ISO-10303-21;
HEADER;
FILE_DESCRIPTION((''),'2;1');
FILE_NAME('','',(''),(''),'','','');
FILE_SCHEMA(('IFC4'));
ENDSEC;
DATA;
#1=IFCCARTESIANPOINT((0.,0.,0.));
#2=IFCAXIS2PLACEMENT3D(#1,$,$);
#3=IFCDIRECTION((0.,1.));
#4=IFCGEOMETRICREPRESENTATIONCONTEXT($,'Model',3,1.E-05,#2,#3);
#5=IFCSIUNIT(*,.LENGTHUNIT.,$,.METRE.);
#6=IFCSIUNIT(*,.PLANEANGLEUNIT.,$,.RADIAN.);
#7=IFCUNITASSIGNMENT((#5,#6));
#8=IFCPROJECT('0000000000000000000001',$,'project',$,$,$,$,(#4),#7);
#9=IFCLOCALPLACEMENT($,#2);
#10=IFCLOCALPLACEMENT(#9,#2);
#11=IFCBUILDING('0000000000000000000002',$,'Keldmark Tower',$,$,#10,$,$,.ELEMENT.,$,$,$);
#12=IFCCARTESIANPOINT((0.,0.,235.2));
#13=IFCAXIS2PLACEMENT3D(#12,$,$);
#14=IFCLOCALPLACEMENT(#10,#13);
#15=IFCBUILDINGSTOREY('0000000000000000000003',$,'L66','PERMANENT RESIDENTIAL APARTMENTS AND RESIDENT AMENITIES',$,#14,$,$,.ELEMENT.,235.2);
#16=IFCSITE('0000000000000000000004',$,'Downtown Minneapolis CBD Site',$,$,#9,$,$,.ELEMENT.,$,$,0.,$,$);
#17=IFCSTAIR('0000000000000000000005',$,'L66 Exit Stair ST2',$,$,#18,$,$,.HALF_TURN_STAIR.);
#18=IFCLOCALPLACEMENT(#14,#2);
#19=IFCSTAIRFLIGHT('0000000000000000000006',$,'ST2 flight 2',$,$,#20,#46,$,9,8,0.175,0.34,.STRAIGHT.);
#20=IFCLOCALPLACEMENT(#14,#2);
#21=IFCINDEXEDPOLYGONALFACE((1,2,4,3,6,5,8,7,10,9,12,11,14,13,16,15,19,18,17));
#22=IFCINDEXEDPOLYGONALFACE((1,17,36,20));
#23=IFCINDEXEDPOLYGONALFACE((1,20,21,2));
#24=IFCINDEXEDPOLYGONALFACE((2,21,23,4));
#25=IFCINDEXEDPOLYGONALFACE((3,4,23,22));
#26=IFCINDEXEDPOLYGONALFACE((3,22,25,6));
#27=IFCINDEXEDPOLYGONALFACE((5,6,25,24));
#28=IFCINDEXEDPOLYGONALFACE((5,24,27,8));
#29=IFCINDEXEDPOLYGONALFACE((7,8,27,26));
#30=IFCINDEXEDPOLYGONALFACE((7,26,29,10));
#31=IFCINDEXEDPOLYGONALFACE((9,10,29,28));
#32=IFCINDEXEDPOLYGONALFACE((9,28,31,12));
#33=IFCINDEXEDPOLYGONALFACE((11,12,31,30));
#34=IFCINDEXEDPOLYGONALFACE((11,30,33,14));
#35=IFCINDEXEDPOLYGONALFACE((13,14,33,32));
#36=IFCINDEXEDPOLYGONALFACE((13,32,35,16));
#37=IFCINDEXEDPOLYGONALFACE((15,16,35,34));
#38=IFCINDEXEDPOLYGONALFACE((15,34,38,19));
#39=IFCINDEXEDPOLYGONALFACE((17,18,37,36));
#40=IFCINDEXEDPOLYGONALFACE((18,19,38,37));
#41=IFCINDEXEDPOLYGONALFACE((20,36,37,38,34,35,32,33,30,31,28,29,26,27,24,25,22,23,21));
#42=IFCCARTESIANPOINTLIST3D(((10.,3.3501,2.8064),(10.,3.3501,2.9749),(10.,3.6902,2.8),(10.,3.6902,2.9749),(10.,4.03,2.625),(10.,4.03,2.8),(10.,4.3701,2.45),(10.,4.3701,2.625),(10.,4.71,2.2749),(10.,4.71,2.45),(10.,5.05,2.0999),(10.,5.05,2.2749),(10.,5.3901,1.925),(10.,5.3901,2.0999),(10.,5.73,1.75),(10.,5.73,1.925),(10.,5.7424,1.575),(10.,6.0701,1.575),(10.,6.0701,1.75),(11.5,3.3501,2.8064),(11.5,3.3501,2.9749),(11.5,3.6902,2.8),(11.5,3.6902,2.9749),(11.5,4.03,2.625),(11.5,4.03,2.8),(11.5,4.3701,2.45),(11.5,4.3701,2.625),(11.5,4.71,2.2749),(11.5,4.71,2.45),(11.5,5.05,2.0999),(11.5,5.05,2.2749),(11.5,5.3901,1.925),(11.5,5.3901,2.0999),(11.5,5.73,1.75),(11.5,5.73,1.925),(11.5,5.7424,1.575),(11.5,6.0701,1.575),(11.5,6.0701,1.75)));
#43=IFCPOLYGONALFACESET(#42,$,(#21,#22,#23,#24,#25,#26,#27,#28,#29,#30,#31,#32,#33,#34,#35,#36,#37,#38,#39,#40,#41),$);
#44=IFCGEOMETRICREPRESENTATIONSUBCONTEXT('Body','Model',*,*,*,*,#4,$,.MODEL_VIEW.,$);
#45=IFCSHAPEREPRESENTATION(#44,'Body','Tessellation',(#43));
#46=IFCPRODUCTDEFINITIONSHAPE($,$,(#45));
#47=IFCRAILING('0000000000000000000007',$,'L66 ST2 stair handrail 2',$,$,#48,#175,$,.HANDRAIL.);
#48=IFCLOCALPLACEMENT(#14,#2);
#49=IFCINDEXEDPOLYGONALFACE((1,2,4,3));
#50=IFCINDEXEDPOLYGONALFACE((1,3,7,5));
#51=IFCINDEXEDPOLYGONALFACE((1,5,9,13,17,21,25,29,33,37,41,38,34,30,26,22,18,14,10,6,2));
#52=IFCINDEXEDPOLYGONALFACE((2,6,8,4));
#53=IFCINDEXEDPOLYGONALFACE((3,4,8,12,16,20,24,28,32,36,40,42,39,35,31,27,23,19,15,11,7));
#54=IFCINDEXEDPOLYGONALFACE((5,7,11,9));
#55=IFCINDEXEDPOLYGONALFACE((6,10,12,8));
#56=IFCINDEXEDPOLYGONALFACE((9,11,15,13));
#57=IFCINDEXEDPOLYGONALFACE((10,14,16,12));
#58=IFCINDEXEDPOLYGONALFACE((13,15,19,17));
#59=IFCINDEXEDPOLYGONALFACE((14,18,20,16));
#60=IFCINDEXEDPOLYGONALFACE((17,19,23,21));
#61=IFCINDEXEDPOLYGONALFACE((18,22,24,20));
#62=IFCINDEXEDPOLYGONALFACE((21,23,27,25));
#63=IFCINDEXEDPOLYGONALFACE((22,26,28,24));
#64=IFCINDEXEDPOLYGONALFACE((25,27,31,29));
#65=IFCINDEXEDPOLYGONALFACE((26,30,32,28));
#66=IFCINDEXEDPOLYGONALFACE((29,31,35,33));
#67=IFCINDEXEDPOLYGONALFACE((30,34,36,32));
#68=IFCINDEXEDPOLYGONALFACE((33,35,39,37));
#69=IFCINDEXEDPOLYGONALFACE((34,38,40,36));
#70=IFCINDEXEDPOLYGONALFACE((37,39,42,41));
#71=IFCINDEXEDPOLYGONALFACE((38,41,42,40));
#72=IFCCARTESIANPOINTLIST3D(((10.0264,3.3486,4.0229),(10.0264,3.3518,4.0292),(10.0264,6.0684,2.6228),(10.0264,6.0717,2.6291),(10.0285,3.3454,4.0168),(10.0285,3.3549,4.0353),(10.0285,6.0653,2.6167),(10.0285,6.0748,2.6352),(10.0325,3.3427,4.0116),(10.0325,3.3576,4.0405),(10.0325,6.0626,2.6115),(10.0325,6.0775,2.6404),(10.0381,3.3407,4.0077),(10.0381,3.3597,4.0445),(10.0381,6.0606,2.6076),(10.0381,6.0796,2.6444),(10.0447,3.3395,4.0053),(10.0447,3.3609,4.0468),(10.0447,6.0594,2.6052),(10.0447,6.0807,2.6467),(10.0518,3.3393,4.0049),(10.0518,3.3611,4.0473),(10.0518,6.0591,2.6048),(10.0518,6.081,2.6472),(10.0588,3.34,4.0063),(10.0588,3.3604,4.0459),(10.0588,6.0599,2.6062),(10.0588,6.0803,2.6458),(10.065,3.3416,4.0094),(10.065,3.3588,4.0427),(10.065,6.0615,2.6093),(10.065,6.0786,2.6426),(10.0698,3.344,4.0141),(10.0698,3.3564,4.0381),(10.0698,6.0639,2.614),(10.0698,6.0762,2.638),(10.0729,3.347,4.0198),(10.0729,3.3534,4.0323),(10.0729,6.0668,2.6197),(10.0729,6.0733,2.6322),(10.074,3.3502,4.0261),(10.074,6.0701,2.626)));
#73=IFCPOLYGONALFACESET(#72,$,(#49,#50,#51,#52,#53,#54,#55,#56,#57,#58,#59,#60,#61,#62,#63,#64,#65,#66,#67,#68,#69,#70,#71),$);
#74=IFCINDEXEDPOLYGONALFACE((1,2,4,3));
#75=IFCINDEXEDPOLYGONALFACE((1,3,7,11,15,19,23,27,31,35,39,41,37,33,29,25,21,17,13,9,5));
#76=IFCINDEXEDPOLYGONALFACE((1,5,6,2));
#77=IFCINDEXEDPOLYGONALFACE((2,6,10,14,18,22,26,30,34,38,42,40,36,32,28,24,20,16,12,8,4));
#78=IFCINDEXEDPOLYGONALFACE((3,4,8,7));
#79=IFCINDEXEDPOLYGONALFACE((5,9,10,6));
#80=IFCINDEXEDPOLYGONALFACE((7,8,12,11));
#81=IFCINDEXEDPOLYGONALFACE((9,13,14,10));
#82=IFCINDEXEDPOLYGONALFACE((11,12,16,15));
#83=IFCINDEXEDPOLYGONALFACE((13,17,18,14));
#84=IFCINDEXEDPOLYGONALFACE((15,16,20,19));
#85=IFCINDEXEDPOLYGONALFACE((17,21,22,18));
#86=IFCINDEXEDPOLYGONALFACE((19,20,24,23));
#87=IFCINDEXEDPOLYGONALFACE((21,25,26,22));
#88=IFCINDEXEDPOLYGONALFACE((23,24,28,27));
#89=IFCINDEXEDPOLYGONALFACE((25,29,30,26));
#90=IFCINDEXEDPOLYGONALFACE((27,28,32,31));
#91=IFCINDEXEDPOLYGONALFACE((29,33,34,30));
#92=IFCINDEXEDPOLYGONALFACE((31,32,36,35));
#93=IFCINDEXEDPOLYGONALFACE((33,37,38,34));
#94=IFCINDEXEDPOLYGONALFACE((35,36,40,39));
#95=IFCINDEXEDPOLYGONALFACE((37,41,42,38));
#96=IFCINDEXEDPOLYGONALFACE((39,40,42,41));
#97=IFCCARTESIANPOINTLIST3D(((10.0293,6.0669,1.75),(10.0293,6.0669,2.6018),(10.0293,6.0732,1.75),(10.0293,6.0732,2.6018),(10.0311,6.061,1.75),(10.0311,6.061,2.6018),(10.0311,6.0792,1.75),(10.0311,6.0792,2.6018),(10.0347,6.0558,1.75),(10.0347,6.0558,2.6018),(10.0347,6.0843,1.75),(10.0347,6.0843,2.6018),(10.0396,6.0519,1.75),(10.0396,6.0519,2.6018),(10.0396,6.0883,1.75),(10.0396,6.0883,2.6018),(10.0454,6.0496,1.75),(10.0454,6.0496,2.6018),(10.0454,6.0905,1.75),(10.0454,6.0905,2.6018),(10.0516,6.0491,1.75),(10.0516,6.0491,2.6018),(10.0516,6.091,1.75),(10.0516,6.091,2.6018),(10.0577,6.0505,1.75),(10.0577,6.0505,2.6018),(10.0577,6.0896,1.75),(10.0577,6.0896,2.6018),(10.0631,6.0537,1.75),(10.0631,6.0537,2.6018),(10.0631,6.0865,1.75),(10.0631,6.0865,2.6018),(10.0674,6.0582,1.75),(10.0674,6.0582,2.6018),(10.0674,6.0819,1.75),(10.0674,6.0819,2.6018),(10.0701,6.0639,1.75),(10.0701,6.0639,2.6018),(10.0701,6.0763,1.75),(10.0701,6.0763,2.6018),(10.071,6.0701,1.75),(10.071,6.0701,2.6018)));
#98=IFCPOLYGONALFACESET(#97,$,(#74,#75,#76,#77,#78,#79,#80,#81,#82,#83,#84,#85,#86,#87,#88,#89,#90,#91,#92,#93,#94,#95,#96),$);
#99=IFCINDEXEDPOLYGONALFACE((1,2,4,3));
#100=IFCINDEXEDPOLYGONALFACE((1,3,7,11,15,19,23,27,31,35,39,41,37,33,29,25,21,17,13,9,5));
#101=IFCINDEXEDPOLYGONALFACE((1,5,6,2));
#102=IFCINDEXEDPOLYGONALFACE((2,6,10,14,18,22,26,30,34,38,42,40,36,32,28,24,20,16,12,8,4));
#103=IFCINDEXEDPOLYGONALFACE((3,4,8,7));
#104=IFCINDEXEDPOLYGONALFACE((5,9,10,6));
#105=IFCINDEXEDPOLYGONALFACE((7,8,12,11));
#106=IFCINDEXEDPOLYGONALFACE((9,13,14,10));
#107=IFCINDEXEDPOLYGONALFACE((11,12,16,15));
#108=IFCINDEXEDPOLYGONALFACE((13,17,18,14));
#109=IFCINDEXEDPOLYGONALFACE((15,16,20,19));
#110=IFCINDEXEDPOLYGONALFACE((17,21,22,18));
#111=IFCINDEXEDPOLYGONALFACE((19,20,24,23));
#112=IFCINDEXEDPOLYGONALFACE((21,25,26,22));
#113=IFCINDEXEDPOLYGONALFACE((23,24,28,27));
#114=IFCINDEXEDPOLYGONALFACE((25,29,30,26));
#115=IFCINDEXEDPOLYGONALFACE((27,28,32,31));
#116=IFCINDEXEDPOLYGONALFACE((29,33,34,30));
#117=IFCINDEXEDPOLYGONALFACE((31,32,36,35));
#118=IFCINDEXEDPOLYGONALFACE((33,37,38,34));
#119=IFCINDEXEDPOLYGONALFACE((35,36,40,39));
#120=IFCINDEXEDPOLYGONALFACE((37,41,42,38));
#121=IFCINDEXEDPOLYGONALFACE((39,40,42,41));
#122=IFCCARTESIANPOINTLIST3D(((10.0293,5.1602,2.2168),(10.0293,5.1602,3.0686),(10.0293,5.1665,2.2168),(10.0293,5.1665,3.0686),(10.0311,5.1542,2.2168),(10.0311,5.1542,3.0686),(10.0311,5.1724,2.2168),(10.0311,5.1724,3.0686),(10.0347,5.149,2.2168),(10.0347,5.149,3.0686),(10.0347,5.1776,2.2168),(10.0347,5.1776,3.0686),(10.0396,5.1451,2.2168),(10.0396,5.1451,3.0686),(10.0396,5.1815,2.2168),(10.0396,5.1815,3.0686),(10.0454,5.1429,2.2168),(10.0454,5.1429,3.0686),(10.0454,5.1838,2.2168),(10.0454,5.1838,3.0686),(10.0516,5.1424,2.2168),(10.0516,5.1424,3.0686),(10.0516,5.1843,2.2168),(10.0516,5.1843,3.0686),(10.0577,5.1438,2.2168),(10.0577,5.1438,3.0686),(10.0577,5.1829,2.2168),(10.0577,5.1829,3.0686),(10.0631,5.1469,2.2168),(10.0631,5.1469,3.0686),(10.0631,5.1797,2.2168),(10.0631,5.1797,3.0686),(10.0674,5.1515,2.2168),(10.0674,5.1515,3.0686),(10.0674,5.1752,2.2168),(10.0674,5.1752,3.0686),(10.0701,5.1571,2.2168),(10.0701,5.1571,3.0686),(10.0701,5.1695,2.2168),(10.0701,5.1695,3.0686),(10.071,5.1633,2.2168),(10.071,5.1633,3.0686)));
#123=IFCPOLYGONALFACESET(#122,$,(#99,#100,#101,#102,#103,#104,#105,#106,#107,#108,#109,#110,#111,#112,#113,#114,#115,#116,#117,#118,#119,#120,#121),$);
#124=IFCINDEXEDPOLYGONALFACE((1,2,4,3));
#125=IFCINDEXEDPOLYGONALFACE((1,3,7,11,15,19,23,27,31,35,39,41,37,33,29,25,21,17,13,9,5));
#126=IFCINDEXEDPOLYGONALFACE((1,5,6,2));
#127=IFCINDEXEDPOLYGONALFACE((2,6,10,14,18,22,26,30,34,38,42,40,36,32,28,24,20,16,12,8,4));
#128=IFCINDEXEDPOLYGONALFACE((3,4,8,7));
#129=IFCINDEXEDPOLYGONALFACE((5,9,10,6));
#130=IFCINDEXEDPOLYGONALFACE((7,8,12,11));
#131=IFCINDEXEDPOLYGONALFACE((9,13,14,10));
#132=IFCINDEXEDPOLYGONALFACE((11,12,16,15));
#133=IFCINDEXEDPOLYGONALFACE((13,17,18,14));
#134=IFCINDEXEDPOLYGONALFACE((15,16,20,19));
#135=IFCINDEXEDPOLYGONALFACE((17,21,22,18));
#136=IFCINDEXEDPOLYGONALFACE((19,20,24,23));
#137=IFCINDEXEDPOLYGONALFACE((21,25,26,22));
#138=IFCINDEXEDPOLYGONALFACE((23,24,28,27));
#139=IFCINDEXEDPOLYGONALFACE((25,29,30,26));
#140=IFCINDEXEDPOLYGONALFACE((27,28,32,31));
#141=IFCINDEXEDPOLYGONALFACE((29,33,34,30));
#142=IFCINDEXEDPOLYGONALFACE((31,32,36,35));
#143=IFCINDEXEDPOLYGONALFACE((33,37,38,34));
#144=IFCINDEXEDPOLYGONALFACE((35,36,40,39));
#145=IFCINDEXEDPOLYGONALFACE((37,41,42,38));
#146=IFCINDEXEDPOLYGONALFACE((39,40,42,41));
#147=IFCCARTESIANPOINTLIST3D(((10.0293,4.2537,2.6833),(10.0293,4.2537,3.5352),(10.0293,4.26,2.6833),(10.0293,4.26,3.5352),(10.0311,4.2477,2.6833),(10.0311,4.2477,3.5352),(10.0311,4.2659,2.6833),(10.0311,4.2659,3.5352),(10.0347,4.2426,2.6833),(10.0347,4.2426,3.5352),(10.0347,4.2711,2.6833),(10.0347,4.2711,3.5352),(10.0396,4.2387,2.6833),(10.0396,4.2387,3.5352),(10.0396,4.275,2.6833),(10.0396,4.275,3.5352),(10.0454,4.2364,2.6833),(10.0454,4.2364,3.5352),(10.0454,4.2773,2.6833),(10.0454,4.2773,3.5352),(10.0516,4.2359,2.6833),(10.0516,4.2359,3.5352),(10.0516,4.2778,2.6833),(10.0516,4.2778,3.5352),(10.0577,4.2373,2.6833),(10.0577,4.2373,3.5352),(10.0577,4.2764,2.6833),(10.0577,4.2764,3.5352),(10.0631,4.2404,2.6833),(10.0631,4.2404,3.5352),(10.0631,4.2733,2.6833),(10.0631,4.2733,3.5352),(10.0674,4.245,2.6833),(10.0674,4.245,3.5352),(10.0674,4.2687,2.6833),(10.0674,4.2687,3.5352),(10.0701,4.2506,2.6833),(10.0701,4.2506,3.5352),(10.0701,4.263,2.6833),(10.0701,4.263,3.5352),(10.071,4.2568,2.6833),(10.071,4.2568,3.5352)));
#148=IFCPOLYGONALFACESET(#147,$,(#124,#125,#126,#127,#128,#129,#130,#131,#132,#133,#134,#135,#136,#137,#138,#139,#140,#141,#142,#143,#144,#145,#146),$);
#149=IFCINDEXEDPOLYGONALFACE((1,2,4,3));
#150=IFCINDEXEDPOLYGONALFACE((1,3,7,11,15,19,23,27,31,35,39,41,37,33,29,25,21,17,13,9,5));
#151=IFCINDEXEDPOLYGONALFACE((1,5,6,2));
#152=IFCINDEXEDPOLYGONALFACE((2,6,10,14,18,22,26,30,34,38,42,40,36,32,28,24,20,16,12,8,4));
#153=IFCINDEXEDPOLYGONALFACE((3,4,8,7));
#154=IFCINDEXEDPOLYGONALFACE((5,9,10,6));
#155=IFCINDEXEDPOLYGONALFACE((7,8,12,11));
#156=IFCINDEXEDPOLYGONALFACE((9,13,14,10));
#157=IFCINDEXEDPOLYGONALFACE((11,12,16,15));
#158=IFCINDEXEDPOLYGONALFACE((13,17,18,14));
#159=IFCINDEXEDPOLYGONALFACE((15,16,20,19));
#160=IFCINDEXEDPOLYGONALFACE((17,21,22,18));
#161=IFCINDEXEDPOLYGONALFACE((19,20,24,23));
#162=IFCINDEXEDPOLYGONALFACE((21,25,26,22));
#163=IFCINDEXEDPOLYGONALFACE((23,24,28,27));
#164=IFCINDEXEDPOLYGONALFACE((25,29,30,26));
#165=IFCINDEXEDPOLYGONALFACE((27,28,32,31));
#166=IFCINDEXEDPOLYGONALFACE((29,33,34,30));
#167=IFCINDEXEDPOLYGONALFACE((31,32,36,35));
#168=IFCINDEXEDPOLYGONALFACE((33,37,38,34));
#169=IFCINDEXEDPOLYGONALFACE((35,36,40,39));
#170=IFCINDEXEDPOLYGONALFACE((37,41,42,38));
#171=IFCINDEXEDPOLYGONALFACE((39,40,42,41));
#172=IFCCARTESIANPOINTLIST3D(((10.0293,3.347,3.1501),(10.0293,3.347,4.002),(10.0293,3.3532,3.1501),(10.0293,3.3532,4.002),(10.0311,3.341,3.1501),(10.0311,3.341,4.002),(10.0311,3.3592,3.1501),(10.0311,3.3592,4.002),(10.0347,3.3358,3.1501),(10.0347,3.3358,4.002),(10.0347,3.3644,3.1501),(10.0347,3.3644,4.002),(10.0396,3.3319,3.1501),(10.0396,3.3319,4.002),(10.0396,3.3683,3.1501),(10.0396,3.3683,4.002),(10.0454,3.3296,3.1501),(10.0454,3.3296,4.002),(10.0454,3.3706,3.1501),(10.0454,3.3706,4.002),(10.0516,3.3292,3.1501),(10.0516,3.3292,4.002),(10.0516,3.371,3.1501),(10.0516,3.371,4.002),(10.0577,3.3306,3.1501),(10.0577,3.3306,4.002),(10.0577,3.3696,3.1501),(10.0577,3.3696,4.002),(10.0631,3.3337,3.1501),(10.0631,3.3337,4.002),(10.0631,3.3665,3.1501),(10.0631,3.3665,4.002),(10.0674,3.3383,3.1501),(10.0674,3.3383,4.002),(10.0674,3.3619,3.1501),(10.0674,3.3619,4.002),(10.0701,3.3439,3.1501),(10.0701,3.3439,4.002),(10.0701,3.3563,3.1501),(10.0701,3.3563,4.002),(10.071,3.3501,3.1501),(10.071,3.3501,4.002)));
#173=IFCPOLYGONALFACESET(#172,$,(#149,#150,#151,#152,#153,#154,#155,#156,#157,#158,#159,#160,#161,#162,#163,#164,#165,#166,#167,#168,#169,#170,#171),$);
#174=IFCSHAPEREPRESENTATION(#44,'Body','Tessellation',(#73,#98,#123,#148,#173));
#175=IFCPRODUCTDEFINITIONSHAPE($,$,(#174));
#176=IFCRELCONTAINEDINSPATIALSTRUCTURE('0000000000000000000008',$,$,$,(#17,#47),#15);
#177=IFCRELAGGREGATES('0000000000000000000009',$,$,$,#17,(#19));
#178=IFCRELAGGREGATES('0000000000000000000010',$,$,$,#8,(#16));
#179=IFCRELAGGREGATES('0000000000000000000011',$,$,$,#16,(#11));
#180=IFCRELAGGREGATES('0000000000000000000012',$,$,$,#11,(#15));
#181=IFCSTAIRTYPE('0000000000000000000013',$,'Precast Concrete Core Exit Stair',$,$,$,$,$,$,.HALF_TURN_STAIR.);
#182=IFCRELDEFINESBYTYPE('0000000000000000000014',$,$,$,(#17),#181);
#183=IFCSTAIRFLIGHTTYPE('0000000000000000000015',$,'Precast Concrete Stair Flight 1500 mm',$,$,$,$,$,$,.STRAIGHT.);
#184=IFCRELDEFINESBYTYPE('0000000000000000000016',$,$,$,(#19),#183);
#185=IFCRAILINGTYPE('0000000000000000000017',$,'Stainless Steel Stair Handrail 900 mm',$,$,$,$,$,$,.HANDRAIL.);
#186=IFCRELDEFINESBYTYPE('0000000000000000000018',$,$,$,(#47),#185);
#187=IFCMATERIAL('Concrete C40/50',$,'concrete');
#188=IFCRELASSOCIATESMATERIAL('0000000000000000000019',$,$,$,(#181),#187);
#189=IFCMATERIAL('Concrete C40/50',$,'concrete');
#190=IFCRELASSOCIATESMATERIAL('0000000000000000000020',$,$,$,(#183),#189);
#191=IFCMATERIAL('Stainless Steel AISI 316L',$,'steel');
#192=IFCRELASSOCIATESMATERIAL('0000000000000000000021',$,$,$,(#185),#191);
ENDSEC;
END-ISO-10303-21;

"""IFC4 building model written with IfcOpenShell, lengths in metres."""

from ifc_helpers import new_model, si_unit, direction, frame, origin, origin_2d, place, context, subcontext, project, spatial, polyline, circle, outline, extrude, material, type_object, element, aggregate, save


model = new_model("IFC4")

# Units and contexts
model_context = context("Model", 3, precision=1e-05, world=origin(), true_north=direction((0.0, 1.0)))
body_context = subcontext(model_context, "Body", "Model", "MODEL_VIEW")
ifc_project = project(units=[si_unit("LENGTHUNIT", "METRE"), si_unit("PLANEANGLEUNIT", "RADIAN")], contexts=[model_context])

# Site, building, storey
site_placement = place(None, origin())
site = spatial("IfcSite", under=ifc_project, at=site_placement, Name="Downtown Minneapolis CBD Site", CompositionType="ELEMENT", RefElevation=0.0)
building_placement = place(site_placement, origin())
building = spatial("IfcBuilding", under=site, at=building_placement, Name="Keldmark Tower", CompositionType="ELEMENT")
storey_placement = place(building_placement, frame((0.0, 0.0, 235.2)))
storey = spatial("IfcBuildingStorey", under=building, at=storey_placement, Name="L66", Description="PERMANENT RESIDENTIAL APARTMENTS AND RESIDENT AMENITIES", CompositionType="ELEMENT", Elevation=235.2)

# Stair, stair flight
ifc_material_1 = material(Name="Concrete C40/50", Category="concrete")
stair_type = type_object("IfcStairType", Name="Precast Concrete Core Exit Stair", PredefinedType="HALF_TURN_STAIR", material=ifc_material_1)
stair_placement = place(storey_placement, origin())
stair = element("IfcStair", 1, at=stair_placement, inside=storey, type_object=stair_type, Name="L66 Exit Stair ST2", PredefinedType="HALF_TURN_STAIR")
ifc_material_2 = material(Name="Concrete C40/50", Category="concrete")
stair_flight_type = type_object("IfcStairFlightType", Name="Precast Concrete Stair Flight 1500 mm", PredefinedType="STRAIGHT", material=ifc_material_2)
stair_flight_placement = place(storey_placement, frame((10.75, 6.0701, 1.575), z_axis=(0.0, 0.0, 1.0), x_axis=(0.0, -1.0, 0.0)))
stair_flight = element("IfcStairFlight", 2, at=stair_flight_placement, type_object=stair_flight_type, Name="ST2 flight 2", NumberOfRisers=9, NumberOfTreads=8, PredefinedType="STRAIGHT", RiserHeight=0.175, TreadLength=0.34, context=body_context, shape_type="SweptSolid", body=[
    extrude(outline(polyline([(0.0, 0.0), (0.0, 0.175), (0.3401, 0.175), (0.3401, 0.3501), (0.6799, 0.3501), (0.6799, 0.5249), (1.02, 0.5249), (1.02, 0.7), (1.3601, 0.7), (1.3601, 0.875), (1.7, 0.875), (1.7, 1.05), (2.04, 1.05), (2.04, 1.2251), (2.3799, 1.2251), (2.3799, 1.3999), (2.72, 1.3999), (2.72, 1.575), (2.72, 1.2314), (0.3276, 0.0), (0.0, 0.0)])), frame((0.0, 0.75, 0.0), z_axis=(0.0, -1.0, 0.0), x_axis=(1.0, 0.0, 0.0)), (0.0, 0.0, 1.0), 1.5),
])
aggregate(stair, [stair_flight])

# Railing
ifc_material_3 = material(Name="Stainless Steel AISI 316L", Category="steel")
railing_type = type_object("IfcRailingType", Name="Stainless Steel Stair Handrail 900 mm", PredefinedType="HANDRAIL", material=ifc_material_3)
railing_placement = place(storey_placement, frame((10.05, 6.0701, 1.75)))
element("IfcRailing", 3, at=railing_placement, inside=storey, type_object=railing_type, Name="L66 ST2 stair handrail 2", PredefinedType="HANDRAIL", context=body_context, shape_type="SweptSolid", body=[
    extrude(circle(Radius=0.0239, at=origin_2d()), frame((0.0, 0.0, 0.876), z_axis=(0.0, -0.889114, 0.457685), x_axis=(1.0, 0.0, 0.0)), (0.0, 0.0, 1.0), 3.0591),
    extrude(circle(Radius=0.021, at=origin_2d()), origin(), (0.0, 0.0, 1.0), 0.8518),
    extrude(circle(Radius=0.021, at=origin_2d()), frame((0.0, -0.9067, 0.4668)), (0.0, 0.0, 1.0), 0.8518),
    extrude(circle(Radius=0.021, at=origin_2d()), frame((0.0, -1.8132, 0.9333)), (0.0, 0.0, 1.0), 0.8518),
    extrude(circle(Radius=0.021, at=origin_2d()), frame((0.0, -2.72, 1.4001)), (0.0, 0.0, 1.0), 0.8518),
])

save(model, "model.ifc")
